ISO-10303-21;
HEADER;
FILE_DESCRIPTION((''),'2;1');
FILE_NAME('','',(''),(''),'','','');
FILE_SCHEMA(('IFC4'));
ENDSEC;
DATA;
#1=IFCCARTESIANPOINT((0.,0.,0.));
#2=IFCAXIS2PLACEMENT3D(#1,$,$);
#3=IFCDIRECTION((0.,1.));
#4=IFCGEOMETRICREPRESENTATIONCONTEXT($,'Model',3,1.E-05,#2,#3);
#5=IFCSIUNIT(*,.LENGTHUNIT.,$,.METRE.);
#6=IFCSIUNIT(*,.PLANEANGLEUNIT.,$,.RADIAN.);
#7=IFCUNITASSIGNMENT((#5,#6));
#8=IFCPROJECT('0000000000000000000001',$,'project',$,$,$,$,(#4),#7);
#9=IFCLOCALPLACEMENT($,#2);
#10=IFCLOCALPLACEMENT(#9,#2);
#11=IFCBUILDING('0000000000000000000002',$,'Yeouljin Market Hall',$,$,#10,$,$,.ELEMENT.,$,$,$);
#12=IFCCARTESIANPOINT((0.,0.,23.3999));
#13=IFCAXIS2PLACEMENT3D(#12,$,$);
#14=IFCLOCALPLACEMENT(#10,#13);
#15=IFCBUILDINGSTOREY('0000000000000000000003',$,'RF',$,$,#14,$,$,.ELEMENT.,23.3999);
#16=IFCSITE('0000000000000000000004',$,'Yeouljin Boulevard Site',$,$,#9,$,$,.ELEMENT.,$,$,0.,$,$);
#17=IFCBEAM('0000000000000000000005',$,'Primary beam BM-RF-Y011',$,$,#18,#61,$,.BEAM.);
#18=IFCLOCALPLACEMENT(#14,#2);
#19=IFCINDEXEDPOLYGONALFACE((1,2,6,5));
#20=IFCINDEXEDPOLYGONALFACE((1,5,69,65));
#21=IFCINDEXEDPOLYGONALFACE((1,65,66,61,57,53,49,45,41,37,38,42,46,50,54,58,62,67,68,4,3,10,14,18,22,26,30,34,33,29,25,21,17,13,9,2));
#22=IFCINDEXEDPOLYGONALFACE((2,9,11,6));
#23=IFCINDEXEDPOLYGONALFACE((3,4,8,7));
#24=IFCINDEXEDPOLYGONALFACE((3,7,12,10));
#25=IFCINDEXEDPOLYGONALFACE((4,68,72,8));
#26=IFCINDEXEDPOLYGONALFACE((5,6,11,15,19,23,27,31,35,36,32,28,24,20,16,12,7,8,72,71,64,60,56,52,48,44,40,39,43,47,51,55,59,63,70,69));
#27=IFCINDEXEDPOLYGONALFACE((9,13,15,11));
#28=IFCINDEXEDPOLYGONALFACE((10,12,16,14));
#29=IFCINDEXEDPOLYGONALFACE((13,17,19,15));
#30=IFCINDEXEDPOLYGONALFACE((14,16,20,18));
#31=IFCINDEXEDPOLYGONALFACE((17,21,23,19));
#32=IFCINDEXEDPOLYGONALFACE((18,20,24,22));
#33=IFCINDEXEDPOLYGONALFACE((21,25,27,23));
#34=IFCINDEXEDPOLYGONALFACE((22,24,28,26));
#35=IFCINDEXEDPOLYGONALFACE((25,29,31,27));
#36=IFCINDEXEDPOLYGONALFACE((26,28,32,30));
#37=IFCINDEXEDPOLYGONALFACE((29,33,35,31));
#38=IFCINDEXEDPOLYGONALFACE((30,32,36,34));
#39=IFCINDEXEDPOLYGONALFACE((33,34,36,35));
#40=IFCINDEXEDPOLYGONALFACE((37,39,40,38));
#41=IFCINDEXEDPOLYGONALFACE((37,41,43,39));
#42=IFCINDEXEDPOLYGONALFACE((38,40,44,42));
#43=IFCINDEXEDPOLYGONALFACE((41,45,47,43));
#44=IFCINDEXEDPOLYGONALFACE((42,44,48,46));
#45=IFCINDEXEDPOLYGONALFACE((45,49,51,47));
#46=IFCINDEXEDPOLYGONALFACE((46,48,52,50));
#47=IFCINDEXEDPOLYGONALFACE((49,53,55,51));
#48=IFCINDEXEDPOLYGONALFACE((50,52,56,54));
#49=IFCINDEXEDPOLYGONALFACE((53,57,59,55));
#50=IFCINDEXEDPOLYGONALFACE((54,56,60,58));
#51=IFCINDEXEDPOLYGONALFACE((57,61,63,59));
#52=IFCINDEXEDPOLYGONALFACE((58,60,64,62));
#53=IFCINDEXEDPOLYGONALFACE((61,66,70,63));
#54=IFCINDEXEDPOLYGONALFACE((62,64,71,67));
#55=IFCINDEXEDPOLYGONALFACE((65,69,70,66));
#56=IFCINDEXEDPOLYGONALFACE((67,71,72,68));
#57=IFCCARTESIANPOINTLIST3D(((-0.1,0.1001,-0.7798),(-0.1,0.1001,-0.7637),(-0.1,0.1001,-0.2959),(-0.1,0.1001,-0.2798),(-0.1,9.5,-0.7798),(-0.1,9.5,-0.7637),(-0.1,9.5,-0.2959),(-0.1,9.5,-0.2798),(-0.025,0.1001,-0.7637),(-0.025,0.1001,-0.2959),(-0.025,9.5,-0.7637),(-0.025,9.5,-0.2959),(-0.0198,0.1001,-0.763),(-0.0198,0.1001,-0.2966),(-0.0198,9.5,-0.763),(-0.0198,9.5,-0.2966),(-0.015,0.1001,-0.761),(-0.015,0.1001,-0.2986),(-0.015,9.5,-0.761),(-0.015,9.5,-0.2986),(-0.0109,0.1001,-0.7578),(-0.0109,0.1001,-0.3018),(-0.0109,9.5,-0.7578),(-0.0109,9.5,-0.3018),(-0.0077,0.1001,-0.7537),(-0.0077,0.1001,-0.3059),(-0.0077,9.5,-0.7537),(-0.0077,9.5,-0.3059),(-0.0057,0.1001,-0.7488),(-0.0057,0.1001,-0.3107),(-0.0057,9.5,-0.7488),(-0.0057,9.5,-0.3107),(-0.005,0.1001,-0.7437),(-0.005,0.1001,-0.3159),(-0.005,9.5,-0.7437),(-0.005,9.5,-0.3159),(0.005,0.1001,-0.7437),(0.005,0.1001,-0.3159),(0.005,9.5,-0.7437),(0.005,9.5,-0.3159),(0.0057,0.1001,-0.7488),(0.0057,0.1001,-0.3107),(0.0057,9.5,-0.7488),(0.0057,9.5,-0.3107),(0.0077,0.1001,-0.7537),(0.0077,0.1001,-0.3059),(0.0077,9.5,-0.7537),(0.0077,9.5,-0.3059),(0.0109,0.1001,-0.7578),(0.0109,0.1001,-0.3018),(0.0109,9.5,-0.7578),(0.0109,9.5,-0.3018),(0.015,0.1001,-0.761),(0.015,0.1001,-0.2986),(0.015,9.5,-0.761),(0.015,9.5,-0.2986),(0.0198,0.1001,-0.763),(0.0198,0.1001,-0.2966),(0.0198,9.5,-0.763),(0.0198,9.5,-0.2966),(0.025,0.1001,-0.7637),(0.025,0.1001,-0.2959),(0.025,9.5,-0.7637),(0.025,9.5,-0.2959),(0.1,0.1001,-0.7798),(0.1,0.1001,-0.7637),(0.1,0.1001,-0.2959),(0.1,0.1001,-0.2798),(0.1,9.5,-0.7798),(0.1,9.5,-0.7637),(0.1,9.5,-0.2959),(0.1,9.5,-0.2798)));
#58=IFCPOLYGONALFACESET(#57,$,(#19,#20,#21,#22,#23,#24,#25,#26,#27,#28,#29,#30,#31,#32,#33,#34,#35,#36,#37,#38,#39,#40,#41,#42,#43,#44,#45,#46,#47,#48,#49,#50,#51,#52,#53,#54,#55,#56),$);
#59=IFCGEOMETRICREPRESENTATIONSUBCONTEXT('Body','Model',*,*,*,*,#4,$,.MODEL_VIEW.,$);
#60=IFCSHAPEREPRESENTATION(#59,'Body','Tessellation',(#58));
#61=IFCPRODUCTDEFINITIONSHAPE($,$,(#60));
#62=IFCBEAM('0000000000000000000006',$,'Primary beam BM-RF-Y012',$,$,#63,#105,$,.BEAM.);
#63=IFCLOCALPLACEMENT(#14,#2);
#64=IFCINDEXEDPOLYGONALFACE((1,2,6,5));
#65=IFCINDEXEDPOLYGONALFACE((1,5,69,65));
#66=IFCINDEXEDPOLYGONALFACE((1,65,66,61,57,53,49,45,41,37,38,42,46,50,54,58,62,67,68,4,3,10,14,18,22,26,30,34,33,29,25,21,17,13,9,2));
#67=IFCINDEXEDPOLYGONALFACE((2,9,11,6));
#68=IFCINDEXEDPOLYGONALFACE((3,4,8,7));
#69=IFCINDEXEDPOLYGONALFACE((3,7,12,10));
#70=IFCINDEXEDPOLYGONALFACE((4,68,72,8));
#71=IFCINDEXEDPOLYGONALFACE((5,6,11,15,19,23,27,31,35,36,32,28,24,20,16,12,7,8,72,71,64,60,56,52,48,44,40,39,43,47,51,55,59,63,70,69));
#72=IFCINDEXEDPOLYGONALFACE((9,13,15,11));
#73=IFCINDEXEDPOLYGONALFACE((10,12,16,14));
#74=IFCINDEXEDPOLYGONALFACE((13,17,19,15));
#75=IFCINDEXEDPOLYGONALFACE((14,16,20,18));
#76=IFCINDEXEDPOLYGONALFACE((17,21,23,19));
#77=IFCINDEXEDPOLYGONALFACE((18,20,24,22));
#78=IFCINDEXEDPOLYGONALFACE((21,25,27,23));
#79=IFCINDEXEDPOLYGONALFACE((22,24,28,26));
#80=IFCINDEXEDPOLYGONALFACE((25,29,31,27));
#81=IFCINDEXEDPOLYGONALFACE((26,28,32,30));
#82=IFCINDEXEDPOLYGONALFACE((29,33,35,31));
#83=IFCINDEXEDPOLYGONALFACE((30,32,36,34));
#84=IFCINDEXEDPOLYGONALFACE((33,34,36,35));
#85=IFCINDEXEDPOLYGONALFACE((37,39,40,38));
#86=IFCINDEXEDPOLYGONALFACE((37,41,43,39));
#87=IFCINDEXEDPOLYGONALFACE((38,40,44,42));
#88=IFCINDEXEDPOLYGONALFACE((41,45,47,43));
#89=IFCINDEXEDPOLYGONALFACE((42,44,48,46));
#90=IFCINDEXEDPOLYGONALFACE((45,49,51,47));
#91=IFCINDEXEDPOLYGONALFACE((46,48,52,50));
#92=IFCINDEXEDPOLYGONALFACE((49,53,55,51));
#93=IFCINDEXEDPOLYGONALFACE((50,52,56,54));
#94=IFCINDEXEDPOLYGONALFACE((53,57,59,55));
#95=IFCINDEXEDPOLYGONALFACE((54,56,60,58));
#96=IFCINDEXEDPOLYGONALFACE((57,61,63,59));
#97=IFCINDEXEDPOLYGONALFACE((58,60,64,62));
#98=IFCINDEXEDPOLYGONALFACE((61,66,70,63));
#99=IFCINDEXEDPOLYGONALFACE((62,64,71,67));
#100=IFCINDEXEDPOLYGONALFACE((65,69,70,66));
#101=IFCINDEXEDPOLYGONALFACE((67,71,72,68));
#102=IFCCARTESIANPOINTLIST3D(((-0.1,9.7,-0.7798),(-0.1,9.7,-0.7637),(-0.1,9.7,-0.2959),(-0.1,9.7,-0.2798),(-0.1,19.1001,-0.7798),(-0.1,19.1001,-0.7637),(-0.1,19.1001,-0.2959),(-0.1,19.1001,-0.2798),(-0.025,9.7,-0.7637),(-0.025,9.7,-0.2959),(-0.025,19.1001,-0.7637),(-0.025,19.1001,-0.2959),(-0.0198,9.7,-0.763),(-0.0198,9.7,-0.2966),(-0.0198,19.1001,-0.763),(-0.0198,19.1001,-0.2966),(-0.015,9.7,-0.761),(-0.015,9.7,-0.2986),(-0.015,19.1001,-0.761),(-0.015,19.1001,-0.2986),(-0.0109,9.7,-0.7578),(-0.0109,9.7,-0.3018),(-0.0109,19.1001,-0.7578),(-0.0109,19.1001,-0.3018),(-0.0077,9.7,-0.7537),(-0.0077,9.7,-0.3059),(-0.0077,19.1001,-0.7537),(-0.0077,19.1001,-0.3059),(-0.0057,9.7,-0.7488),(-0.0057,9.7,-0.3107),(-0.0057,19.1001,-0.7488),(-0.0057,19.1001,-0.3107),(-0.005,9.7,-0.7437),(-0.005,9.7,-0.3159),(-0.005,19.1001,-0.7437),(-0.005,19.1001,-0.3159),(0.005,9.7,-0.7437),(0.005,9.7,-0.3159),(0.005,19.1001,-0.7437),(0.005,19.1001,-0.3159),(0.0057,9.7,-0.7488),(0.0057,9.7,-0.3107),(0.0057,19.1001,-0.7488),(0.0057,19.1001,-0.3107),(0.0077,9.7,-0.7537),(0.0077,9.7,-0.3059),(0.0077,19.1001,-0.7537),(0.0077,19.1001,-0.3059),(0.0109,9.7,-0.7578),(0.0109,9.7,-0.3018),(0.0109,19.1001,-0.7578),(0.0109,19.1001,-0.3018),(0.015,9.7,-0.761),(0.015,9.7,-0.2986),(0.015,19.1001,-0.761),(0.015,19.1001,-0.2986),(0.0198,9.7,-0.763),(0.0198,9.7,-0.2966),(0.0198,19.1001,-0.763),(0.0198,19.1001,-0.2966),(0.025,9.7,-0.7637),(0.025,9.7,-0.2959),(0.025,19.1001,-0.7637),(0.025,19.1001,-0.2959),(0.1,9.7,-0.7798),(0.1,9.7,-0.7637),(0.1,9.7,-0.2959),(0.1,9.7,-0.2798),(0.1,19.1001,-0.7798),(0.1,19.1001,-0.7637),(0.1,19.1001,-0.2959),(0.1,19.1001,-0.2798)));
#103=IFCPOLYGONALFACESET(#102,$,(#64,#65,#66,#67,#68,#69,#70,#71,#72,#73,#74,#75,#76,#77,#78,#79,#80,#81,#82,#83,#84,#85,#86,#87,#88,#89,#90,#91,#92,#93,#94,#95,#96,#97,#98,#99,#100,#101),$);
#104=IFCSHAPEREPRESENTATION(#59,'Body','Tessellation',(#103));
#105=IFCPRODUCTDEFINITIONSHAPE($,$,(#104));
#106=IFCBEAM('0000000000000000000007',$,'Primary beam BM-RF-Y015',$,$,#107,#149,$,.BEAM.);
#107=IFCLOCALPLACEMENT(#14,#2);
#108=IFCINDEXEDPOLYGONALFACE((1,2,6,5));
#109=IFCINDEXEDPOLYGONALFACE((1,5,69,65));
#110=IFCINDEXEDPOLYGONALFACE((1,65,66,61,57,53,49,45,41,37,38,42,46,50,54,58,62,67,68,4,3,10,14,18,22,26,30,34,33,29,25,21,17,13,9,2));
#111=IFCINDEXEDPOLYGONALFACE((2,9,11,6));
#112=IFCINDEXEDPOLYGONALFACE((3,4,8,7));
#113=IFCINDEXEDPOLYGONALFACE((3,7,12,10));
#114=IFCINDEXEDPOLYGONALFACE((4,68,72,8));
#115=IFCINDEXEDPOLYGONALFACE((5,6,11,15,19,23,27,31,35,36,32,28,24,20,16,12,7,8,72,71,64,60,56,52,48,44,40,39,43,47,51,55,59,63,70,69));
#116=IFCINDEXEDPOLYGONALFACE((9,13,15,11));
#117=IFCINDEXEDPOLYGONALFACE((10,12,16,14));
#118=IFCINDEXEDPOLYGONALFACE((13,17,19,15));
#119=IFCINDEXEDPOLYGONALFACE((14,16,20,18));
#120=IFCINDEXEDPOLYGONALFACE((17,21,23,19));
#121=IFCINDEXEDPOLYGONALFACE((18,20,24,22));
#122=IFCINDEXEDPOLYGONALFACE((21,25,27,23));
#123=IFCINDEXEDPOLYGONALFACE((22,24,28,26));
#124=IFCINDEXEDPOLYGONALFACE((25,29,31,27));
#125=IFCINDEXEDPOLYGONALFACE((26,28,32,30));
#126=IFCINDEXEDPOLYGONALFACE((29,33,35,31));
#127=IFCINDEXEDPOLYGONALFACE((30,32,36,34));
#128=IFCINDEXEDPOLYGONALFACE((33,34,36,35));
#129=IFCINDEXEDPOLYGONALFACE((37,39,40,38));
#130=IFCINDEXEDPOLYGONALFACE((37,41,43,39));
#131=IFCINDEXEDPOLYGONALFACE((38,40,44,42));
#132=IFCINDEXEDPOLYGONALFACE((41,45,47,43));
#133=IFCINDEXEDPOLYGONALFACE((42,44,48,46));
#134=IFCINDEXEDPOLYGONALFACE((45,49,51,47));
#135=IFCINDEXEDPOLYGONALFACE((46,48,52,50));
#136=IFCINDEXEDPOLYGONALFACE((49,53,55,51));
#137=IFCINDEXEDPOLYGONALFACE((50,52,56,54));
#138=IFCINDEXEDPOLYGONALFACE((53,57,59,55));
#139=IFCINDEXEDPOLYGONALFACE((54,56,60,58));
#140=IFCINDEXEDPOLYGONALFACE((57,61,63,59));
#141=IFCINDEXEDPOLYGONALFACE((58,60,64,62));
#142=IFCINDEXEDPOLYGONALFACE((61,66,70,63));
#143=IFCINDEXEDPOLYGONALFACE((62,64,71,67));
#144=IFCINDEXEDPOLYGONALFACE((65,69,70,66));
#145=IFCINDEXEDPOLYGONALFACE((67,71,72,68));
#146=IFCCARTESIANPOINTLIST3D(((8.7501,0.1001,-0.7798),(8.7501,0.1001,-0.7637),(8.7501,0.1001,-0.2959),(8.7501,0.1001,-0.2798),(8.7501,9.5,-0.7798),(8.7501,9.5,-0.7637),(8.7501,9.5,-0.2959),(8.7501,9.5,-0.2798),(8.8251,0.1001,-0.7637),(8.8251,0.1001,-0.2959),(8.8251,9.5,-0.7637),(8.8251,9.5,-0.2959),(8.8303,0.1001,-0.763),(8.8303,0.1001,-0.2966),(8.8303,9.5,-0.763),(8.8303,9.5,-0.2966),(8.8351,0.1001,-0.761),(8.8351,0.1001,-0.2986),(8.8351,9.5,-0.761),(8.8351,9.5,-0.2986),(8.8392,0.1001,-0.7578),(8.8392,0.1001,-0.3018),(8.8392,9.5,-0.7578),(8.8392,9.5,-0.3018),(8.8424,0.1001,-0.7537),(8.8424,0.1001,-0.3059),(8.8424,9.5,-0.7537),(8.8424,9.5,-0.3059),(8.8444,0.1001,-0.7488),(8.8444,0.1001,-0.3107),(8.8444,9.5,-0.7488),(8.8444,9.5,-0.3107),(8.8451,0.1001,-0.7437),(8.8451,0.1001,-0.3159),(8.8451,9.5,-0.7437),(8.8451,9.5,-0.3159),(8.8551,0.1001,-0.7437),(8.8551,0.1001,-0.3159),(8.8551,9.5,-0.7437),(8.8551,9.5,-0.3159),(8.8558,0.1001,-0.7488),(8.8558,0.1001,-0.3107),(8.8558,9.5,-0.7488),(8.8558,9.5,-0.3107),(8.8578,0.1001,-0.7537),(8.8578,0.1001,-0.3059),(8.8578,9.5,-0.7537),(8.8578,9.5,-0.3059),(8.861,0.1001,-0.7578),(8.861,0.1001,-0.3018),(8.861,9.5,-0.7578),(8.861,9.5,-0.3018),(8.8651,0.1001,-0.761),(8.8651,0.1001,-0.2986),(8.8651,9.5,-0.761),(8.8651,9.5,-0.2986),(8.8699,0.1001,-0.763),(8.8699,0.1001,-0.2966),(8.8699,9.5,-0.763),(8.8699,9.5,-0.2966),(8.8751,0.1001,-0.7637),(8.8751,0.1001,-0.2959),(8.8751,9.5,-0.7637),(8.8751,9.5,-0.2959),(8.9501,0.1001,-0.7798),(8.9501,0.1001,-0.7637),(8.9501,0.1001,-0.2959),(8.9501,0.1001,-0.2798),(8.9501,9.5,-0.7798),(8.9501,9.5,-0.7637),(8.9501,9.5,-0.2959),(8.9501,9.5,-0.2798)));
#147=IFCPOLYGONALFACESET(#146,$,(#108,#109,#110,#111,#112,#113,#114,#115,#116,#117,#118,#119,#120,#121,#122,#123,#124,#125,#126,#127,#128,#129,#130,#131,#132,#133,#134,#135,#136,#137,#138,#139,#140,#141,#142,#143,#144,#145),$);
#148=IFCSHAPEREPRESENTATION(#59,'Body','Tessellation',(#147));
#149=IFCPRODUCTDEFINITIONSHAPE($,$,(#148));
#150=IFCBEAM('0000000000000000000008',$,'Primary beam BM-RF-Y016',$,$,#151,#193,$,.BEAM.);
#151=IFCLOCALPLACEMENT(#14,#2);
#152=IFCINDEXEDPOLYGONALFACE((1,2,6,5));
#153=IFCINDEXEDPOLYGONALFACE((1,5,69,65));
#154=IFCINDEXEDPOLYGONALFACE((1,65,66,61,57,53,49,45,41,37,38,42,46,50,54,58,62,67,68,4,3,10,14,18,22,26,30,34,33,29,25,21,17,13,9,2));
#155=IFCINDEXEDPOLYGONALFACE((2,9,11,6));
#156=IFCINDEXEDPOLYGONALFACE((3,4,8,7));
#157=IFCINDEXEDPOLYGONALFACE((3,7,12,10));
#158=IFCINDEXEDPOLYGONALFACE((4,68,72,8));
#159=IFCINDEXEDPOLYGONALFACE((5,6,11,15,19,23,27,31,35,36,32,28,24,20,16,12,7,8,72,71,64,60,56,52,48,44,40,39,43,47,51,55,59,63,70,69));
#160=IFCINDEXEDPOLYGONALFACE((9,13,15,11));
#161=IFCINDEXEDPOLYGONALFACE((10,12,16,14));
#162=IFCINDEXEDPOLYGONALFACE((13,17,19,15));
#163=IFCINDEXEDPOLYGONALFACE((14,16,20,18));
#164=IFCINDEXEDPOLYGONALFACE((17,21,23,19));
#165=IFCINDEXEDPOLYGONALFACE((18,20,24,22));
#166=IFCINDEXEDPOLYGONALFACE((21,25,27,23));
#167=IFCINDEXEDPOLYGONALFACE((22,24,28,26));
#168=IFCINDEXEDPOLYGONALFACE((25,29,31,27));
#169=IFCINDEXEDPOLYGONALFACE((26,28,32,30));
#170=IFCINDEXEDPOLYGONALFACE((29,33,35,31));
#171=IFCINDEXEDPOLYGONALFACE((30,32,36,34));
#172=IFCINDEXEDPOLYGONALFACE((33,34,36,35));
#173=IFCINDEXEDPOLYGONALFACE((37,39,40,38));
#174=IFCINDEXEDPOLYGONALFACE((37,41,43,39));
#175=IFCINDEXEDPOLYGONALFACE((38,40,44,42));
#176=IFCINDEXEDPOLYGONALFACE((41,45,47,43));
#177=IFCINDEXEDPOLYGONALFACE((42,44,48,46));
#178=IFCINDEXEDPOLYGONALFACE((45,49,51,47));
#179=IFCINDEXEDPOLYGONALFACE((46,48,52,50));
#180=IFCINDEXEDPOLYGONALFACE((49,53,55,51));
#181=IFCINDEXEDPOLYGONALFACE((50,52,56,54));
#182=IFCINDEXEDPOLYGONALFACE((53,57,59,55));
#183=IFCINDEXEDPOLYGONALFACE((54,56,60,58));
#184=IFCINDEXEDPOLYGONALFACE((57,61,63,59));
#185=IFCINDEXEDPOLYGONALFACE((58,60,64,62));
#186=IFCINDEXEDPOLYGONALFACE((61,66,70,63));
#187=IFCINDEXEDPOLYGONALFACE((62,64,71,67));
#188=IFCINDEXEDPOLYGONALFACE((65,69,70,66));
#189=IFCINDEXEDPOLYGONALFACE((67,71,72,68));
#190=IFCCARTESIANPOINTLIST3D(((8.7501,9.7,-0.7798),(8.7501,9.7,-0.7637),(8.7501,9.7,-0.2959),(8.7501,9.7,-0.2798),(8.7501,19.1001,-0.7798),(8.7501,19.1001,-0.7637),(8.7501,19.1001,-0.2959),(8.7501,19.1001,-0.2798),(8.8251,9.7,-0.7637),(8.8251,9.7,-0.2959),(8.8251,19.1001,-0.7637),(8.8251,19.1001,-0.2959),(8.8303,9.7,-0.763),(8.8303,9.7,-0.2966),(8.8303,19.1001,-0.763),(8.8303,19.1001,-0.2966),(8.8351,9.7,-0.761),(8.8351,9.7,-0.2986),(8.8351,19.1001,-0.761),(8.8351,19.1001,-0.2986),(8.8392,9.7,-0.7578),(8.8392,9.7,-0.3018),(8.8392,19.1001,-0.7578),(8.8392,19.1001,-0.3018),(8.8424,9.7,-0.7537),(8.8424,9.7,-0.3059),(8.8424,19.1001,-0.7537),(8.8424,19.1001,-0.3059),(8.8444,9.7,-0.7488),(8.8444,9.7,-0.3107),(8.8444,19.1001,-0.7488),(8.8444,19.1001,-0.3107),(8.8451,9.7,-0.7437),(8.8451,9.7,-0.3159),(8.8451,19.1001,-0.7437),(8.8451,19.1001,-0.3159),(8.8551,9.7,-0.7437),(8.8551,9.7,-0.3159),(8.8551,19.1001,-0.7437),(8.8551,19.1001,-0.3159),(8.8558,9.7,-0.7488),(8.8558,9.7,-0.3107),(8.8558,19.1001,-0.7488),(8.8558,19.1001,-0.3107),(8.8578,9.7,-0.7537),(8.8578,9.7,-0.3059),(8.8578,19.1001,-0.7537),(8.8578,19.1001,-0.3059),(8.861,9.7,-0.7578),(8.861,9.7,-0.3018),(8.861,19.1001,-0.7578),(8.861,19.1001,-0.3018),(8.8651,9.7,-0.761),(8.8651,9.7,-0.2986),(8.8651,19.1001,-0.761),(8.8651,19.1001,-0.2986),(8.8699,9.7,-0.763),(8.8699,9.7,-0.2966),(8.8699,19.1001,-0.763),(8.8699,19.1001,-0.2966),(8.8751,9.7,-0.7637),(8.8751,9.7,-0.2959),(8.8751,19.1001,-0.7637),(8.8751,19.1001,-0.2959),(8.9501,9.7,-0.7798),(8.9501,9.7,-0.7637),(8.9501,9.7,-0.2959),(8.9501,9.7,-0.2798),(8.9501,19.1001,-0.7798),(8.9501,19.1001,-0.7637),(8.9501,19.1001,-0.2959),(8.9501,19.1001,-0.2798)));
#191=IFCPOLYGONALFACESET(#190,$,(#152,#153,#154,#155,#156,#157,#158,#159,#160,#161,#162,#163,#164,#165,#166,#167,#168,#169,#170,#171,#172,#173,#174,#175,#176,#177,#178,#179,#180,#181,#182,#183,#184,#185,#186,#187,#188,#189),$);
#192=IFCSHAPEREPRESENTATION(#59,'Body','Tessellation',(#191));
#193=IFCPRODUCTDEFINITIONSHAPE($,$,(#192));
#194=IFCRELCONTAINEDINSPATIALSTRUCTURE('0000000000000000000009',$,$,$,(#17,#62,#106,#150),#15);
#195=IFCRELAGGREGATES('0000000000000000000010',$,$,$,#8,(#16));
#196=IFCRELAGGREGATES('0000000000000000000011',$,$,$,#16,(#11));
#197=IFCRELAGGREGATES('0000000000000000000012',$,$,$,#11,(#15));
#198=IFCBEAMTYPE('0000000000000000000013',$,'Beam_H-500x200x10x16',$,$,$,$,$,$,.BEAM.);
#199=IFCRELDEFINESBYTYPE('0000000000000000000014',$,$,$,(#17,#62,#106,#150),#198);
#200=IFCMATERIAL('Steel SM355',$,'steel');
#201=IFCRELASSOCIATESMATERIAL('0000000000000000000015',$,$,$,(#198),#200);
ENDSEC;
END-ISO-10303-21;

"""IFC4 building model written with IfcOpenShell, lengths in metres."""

from ifc_helpers import new_model, si_unit, direction, frame, origin, origin_2d, place, context, subcontext, project, spatial, i_section, extrude, material, material_profile, profile_set, type_object, element, save


model = new_model("IFC4")

# Units and contexts
model_context = context("Model", 3, precision=1e-05, world=origin(), true_north=direction((0.0, 1.0)))
body_context = subcontext(model_context, "Body", "Model", "MODEL_VIEW")
ifc_project = project(units=[si_unit("LENGTHUNIT", "METRE"), si_unit("PLANEANGLEUNIT", "RADIAN")], contexts=[model_context])

# Site, building, storey
site_placement = place(None, origin())
site = spatial("IfcSite", under=ifc_project, at=site_placement, Name="Yeouljin Boulevard Site", CompositionType="ELEMENT", RefElevation=0.0)
building_placement = place(site_placement, origin())
building = spatial("IfcBuilding", under=site, at=building_placement, Name="Yeouljin Market Hall", CompositionType="ELEMENT")
storey_placement = place(building_placement, frame((0.0, 0.0, 23.3999)))
storey = spatial("IfcBuildingStorey", under=building, at=storey_placement, Name="RF", CompositionType="ELEMENT", Elevation=23.3999)

# Beams
ifc_material_1 = material(Name="Steel SM355", Category="steel")
ifc_material_profile_1 = material_profile(ifc_material_1, i_section(OverallWidth=0.2, OverallDepth=0.5, WebThickness=0.01, FlangeThickness=0.0161, FilletRadius=0.02, at=origin_2d()), Name="H-500x200x10x16")
ifc_profile_set_1 = profile_set([ifc_material_profile_1], Name="Steel SM355")
beam_type_1 = type_object("IfcBeamType", Name="Beam_H-500x200x10x16", PredefinedType="BEAM", material=ifc_profile_set_1)
beam_1_placement = place(storey_placement, frame((0.0, 0.1001, -0.5298), z_axis=(0.0, 1.0, 0.0), x_axis=(-1.0, 0.0, 0.0)))
element("IfcBeam", 1, at=beam_1_placement, inside=storey, type_object=beam_type_1, Name="Primary beam BM-RF-Y011", PredefinedType="BEAM", context=body_context, shape_type="SweptSolid", body=[
    extrude(i_section(OverallWidth=0.2, OverallDepth=0.5, WebThickness=0.01, FlangeThickness=0.0161, FilletRadius=0.02, at=origin_2d()), origin(), (0.0, 0.0, 1.0), 9.3999),
])
beam_2_placement = place(storey_placement, frame((0.0, 9.7, -0.5298), z_axis=(0.0, 1.0, 0.0), x_axis=(-1.0, 0.0, 0.0)))
element("IfcBeam", 2, at=beam_2_placement, inside=storey, type_object=beam_type_1, Name="Primary beam BM-RF-Y012", PredefinedType="BEAM", context=body_context, shape_type="SweptSolid", body=[
    extrude(i_section(OverallWidth=0.2, OverallDepth=0.5, WebThickness=0.01, FlangeThickness=0.0161, FilletRadius=0.02, at=origin_2d()), origin(), (0.0, 0.0, 1.0), 9.4001),
])
beam_3_placement = place(storey_placement, frame((8.8501, 0.1001, -0.5298), z_axis=(0.0, 1.0, 0.0), x_axis=(-1.0, 0.0, 0.0)))
element("IfcBeam", 3, at=beam_3_placement, inside=storey, type_object=beam_type_1, Name="Primary beam BM-RF-Y015", PredefinedType="BEAM", context=body_context, shape_type="SweptSolid", body=[
    extrude(i_section(OverallWidth=0.2, OverallDepth=0.5, WebThickness=0.01, FlangeThickness=0.0161, FilletRadius=0.02, at=origin_2d()), origin(), (0.0, 0.0, 1.0), 9.3999),
])
beam_4_placement = place(storey_placement, frame((8.8501, 9.7, -0.5298), z_axis=(0.0, 1.0, 0.0), x_axis=(-1.0, 0.0, 0.0)))
element("IfcBeam", 4, at=beam_4_placement, inside=storey, type_object=beam_type_1, Name="Primary beam BM-RF-Y016", PredefinedType="BEAM", context=body_context, shape_type="SweptSolid", body=[
    extrude(i_section(OverallWidth=0.2, OverallDepth=0.5, WebThickness=0.01, FlangeThickness=0.0161, FilletRadius=0.02, at=origin_2d()), origin(), (0.0, 0.0, 1.0), 9.4001),
])

save(model, "model.ifc")
